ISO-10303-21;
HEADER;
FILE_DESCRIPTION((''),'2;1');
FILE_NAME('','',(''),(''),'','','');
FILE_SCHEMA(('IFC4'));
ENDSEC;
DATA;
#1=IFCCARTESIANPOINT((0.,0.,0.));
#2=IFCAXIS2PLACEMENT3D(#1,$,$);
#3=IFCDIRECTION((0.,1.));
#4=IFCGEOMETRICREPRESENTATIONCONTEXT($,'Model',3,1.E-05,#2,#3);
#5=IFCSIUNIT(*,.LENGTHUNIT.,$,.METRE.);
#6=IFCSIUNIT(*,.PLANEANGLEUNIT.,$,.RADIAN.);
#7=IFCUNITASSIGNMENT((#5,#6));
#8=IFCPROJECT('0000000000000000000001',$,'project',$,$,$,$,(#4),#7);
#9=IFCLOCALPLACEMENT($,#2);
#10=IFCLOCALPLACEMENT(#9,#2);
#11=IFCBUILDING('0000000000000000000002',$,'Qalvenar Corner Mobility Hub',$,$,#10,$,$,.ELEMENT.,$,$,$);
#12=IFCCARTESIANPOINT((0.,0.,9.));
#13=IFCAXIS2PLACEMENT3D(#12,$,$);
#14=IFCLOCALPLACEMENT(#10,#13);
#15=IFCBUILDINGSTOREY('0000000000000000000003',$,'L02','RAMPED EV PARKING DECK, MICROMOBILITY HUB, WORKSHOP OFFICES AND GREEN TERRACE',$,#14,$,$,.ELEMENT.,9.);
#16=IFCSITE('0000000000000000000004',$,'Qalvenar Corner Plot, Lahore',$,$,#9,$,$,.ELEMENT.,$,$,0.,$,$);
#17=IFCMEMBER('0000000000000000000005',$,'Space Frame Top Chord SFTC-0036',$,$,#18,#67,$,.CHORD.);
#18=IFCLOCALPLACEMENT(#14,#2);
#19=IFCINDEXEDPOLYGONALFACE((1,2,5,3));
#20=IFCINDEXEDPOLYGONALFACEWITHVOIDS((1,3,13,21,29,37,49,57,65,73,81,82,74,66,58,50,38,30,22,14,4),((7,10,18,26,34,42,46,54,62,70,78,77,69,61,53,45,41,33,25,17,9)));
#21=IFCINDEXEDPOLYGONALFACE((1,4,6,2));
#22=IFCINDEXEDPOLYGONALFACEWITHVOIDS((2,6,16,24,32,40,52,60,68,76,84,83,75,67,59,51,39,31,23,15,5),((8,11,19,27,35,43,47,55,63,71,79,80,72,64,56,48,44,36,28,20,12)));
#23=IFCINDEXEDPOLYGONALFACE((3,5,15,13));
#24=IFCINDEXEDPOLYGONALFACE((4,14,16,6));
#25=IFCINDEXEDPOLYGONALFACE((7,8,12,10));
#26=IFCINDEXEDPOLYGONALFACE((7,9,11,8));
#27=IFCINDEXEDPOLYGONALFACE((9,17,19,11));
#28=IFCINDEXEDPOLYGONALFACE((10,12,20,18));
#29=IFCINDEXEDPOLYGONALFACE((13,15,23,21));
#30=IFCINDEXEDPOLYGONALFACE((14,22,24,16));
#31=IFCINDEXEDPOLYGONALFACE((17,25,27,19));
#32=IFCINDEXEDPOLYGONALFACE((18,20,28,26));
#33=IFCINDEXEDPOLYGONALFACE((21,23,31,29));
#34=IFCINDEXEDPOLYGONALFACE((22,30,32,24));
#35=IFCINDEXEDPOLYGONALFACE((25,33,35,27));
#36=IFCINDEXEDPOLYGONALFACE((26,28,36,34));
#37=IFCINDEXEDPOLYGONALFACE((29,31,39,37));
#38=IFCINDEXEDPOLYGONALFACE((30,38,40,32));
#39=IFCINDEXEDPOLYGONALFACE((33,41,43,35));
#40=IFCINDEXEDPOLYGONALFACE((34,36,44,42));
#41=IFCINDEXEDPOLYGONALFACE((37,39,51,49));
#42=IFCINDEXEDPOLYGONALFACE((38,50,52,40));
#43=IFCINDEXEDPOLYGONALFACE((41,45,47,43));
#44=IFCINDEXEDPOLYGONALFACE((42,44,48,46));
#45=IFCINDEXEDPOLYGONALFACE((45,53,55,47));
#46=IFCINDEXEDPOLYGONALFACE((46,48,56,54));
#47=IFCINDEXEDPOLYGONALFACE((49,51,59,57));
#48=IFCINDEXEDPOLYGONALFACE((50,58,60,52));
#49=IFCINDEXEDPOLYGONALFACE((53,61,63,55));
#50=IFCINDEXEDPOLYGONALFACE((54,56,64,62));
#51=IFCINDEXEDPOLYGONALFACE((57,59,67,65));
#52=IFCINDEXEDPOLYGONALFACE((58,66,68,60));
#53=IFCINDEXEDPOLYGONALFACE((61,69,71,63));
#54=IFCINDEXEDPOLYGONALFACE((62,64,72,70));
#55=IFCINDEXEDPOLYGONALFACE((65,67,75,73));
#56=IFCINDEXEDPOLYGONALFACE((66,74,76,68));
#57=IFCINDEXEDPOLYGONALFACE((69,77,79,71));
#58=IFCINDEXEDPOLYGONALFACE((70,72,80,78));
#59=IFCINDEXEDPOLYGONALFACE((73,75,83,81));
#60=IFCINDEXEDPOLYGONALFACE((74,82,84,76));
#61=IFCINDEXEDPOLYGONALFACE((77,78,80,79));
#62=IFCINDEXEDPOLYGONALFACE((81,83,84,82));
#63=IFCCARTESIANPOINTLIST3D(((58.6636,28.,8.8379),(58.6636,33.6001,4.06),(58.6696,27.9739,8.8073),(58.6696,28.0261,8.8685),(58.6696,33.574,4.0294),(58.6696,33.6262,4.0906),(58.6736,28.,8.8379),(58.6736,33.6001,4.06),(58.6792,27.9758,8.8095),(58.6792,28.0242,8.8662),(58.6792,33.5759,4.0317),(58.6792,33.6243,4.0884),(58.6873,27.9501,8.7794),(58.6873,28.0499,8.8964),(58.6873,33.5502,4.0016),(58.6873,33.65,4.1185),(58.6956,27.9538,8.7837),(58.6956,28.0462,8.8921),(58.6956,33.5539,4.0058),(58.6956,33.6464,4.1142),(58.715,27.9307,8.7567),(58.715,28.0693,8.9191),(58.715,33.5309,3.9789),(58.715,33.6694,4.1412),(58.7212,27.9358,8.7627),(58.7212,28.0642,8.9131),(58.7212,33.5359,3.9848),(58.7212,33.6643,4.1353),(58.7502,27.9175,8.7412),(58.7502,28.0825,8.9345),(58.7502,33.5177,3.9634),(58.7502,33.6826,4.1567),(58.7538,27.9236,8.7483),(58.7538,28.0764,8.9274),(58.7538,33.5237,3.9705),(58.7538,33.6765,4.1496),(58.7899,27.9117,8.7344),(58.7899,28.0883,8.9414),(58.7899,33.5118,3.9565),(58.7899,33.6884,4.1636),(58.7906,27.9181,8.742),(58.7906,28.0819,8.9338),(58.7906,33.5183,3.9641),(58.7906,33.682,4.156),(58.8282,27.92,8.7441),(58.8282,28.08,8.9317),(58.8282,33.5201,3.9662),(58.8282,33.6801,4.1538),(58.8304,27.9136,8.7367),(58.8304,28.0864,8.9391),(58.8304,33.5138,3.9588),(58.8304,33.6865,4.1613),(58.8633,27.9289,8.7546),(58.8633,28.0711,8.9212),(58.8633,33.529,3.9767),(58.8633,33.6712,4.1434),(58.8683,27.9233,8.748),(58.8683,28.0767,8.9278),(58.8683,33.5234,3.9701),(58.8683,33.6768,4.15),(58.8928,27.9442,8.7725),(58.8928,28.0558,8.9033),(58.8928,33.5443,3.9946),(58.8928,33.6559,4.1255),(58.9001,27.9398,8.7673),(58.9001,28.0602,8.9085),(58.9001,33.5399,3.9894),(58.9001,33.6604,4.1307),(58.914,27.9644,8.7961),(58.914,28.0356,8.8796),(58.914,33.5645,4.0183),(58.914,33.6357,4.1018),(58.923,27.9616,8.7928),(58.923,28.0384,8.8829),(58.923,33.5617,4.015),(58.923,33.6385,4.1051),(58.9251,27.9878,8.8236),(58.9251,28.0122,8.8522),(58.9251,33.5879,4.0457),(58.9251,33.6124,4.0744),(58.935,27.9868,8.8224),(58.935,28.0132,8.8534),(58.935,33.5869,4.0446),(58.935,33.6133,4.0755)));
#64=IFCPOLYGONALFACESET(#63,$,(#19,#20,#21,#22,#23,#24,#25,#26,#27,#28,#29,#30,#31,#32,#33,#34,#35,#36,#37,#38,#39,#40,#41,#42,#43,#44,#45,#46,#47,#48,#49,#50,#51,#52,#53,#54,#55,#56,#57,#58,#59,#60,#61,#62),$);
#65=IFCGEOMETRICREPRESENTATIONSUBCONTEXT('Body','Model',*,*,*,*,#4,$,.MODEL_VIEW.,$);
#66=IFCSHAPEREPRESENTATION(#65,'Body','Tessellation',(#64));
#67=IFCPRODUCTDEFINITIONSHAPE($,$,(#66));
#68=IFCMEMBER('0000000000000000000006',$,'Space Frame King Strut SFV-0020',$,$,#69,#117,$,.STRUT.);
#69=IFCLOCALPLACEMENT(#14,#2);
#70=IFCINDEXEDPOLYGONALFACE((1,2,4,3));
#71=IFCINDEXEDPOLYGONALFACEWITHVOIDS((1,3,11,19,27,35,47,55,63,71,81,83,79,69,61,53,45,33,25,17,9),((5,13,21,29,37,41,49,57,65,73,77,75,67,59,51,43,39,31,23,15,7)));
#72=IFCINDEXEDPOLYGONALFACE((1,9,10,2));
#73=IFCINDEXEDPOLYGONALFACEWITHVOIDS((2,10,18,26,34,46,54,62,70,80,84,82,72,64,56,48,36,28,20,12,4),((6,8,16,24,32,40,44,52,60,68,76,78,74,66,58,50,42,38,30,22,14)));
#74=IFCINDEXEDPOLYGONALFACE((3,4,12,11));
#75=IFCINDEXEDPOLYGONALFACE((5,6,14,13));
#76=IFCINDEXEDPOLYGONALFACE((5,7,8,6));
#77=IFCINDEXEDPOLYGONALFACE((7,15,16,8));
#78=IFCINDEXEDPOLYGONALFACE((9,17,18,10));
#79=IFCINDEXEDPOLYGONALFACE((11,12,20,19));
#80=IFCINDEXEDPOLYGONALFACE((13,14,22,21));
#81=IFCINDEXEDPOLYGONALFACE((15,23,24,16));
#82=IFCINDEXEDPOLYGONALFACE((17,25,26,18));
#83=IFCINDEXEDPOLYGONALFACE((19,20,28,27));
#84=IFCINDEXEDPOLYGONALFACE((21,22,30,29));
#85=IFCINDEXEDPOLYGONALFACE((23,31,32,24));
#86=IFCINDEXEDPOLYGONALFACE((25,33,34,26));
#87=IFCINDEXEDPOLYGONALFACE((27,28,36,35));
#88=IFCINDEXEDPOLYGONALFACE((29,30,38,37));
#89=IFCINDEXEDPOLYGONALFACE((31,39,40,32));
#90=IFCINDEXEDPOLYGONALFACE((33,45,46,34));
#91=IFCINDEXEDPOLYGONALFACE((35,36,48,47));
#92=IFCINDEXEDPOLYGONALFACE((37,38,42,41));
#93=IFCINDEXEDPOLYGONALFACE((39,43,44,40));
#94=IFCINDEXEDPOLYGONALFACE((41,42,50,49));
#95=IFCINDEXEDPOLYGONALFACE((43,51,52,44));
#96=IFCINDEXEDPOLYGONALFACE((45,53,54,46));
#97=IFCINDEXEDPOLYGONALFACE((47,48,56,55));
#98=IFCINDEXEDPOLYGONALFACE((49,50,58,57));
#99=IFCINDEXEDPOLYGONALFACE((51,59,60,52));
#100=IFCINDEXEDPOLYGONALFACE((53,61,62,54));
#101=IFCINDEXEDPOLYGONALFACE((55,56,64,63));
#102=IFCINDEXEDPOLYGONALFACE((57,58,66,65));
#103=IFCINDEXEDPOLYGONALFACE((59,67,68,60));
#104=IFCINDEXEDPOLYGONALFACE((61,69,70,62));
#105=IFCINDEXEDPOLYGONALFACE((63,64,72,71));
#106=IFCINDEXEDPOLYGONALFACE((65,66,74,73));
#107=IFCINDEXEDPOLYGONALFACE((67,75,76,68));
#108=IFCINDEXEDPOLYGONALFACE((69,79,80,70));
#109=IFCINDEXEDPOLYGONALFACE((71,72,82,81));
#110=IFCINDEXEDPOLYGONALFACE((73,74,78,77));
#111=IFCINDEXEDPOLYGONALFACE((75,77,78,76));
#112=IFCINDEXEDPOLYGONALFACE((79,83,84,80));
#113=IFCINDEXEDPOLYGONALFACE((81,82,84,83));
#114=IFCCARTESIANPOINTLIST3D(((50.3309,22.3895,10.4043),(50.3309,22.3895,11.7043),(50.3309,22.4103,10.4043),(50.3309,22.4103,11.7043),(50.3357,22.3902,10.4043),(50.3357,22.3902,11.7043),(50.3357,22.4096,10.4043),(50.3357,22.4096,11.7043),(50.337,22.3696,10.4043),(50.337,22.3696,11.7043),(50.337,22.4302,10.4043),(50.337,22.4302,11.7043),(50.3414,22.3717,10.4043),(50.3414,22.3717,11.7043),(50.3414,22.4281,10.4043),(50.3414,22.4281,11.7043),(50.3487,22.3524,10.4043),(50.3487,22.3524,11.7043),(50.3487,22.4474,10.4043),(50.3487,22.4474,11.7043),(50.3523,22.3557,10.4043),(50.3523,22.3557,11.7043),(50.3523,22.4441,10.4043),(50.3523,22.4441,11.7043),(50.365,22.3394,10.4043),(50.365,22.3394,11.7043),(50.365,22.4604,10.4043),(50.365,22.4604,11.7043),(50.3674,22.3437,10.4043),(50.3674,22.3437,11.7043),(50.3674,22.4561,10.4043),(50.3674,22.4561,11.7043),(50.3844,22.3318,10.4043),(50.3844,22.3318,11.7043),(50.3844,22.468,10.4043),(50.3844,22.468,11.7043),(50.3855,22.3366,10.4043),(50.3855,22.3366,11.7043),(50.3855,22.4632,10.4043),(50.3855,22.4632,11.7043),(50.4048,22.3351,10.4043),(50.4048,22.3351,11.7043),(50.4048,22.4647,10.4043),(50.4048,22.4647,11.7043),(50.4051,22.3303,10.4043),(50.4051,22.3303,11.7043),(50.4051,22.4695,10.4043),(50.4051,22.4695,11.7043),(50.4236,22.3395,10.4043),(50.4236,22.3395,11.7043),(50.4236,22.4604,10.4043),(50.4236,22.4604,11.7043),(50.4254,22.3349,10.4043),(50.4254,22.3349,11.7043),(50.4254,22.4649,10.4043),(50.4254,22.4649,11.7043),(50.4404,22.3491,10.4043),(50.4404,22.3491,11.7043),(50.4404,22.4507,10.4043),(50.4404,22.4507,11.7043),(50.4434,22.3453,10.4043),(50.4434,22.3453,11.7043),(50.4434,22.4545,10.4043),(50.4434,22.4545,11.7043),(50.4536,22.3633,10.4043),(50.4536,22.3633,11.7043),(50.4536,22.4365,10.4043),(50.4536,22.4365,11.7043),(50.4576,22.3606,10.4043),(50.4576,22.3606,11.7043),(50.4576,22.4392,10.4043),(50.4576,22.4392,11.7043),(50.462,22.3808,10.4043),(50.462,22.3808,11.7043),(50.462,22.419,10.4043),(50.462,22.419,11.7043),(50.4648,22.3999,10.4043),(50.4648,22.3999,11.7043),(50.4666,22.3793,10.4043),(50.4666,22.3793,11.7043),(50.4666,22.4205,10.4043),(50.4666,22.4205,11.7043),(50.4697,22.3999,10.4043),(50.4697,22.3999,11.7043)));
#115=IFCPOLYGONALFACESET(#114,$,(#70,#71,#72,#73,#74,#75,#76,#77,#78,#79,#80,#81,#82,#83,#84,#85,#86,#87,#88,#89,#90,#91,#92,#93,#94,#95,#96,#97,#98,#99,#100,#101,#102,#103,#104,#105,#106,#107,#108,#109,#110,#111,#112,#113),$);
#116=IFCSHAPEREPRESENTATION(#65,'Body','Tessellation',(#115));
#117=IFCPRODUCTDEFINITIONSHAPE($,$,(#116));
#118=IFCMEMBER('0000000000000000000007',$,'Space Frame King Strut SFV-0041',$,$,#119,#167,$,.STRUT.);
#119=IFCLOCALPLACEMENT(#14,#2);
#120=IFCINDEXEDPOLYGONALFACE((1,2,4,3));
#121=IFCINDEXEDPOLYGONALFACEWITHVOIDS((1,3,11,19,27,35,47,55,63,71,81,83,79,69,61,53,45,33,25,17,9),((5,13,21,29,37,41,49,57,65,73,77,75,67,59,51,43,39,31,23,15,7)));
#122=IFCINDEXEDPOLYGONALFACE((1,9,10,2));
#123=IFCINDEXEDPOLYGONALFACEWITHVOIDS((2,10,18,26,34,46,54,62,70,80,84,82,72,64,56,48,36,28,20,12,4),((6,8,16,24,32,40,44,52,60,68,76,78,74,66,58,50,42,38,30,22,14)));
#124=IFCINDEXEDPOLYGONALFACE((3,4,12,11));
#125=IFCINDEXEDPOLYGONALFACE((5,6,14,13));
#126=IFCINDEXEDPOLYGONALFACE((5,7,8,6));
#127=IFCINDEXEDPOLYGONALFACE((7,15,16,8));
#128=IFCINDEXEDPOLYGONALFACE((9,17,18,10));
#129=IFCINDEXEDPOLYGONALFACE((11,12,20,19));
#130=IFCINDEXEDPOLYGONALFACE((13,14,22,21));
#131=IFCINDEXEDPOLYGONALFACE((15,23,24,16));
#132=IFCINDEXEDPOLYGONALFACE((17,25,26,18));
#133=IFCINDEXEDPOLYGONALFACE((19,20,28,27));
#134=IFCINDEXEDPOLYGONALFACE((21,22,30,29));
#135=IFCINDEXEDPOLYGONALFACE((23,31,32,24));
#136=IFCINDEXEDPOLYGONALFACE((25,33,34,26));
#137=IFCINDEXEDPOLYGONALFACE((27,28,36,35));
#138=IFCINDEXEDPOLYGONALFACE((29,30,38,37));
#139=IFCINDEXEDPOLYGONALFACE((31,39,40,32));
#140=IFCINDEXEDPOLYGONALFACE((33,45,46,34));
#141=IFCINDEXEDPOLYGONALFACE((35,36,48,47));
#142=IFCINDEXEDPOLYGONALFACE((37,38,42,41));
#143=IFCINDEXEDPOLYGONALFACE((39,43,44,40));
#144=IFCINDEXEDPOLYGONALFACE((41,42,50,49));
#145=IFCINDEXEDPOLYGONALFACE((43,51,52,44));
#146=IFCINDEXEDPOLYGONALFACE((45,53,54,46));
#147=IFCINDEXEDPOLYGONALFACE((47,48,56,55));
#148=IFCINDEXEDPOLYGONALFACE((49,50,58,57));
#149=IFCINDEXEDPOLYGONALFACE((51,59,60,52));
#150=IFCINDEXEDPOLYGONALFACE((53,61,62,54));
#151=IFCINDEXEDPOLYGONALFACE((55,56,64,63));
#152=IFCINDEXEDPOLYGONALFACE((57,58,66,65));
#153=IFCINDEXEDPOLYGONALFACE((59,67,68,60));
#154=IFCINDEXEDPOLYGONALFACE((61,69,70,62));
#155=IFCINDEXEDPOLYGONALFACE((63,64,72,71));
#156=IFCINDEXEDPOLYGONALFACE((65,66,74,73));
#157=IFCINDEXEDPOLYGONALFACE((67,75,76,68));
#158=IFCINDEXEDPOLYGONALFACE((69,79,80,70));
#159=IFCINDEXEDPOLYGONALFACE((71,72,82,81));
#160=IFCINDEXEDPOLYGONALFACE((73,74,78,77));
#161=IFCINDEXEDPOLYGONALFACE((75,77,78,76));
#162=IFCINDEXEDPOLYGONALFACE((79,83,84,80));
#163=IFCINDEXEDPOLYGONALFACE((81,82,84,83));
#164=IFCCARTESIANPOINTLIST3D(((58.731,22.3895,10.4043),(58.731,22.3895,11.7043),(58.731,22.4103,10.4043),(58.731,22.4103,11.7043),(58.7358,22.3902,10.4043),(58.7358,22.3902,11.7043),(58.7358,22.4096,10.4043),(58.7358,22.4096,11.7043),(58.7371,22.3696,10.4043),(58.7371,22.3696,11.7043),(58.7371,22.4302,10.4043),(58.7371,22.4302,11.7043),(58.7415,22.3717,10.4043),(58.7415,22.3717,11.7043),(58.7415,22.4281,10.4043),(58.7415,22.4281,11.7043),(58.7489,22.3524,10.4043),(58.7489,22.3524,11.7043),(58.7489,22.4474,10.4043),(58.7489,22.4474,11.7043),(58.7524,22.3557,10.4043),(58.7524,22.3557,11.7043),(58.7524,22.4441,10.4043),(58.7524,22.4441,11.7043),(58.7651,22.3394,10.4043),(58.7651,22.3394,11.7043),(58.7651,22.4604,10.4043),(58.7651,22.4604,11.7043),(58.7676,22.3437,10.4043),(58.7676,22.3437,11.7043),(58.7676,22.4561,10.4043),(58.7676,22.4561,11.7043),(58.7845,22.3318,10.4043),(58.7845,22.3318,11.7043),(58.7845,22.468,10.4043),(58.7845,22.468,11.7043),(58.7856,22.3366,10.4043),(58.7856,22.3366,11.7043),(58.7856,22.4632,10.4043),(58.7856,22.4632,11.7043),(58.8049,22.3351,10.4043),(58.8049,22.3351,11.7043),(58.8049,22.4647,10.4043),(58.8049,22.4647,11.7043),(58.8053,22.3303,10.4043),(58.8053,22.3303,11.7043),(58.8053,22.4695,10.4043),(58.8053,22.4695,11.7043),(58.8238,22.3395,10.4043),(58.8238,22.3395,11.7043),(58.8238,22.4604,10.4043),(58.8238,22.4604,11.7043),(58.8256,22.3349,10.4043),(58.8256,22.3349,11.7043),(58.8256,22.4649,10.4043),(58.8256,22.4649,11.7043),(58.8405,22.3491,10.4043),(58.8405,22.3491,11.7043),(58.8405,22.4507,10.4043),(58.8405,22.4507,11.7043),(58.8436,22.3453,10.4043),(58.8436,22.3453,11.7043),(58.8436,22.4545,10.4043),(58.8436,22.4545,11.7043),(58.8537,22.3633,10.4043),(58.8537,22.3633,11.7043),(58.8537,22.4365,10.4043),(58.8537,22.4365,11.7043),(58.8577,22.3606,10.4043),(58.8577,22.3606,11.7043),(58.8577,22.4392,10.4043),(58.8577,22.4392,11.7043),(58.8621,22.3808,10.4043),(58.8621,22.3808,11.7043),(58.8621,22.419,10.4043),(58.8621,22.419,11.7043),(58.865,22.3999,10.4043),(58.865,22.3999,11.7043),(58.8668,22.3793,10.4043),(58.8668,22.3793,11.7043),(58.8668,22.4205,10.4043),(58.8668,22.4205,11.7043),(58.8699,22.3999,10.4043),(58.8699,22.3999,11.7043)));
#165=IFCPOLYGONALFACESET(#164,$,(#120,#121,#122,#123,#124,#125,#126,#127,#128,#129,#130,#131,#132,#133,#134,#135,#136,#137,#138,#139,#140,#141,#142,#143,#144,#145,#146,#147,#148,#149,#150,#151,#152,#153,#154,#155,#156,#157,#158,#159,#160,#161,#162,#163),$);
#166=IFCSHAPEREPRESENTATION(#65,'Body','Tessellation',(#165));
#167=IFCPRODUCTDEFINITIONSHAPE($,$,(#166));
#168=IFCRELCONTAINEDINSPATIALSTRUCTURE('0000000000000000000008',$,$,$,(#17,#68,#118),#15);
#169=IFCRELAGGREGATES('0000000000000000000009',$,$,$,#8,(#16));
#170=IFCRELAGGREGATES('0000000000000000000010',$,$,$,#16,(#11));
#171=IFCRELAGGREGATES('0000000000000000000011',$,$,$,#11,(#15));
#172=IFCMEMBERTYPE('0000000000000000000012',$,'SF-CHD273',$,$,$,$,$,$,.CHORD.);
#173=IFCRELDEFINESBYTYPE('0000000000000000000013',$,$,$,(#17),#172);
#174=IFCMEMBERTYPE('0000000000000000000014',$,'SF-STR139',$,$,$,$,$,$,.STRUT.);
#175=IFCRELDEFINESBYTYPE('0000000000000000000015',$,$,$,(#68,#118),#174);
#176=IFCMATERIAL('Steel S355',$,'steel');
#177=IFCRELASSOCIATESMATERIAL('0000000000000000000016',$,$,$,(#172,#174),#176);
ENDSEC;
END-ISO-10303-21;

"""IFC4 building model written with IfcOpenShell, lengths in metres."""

from ifc_helpers import new_model, si_unit, direction, frame, origin, origin_2d, place, context, subcontext, project, spatial, hollow_circle, extrude, material, material_profile, profile_set, type_object, element, save


model = new_model("IFC4")

# Units and contexts
model_context = context("Model", 3, precision=1e-05, world=origin(), true_north=direction((0.0, 1.0)))
body_context = subcontext(model_context, "Body", "Model", "MODEL_VIEW")
ifc_project = project(units=[si_unit("LENGTHUNIT", "METRE"), si_unit("PLANEANGLEUNIT", "RADIAN")], contexts=[model_context])

# Site, building, storey
site_placement = place(None, origin())
site = spatial("IfcSite", under=ifc_project, at=site_placement, Name="Qalvenar Corner Plot, Lahore", CompositionType="ELEMENT", RefElevation=0.0)
building_placement = place(site_placement, origin())
building = spatial("IfcBuilding", under=site, at=building_placement, Name="Qalvenar Corner Mobility Hub", CompositionType="ELEMENT")
storey_placement = place(building_placement, frame((0.0, 0.0, 9.0)))
storey = spatial("IfcBuildingStorey", under=building, at=storey_placement, Name="L02", Description="RAMPED EV PARKING DECK, MICROMOBILITY HUB, WORKSHOP OFFICES AND GREEN TERRACE", CompositionType="ELEMENT", Elevation=9.0)

# Members
ifc_material_1 = material(Name="Steel S355", Category="steel")
ifc_material_profile_1 = material_profile(ifc_material_1, hollow_circle(Radius=0.1365, WallThickness=0.01, at=origin_2d()), Name="CHS273x10")
ifc_profile_set_1 = profile_set([ifc_material_profile_1], Name="Steel S355")
member_type_1 = type_object("IfcMemberType", Name="SF-CHD273", PredefinedType="CHORD", material=ifc_profile_set_1)
member_1_placement = place(storey_placement, frame((58.8, 28.0, 8.8379), z_axis=(0.0, 0.760748, -0.649047), x_axis=(-1.0, 0.0, 0.0)))
element("IfcMember", 1, at=member_1_placement, inside=storey, type_object=member_type_1, Name="Space Frame Top Chord SFTC-0036", PredefinedType="CHORD", context=body_context, shape_type="SweptSolid", body=[
    extrude(hollow_circle(Radius=0.1365, WallThickness=0.01, at=origin_2d()), origin(), (0.0, 0.0, 1.0), 7.3613),
])
ifc_material_profile_2 = material_profile(ifc_material_1, hollow_circle(Radius=0.0698, WallThickness=0.0049, at=origin_2d()), Name="CHS139.7x5")
ifc_profile_set_2 = profile_set([ifc_material_profile_2], Name="Steel S355")
member_type_2 = type_object("IfcMemberType", Name="SF-STR139", PredefinedType="STRUT", material=ifc_profile_set_2)
for number, where, z_axis, x_axis, name in (
    (2, (50.3999, 22.3999, 10.4043), (0.0, 0.0, 1.0), (1.0, 0.0, 0.0), "Space Frame King Strut SFV-0020"),
    (3, (58.8, 22.3999, 10.4043), (0.0, 0.0, 1.0), (1.0, 0.0, 0.0), "Space Frame King Strut SFV-0041"),
):
    element("IfcMember", number, at=place(storey_placement, frame(where, z_axis=z_axis, x_axis=x_axis)), inside=storey, type_object=member_type_2, Name=name, PredefinedType="STRUT", context=body_context, shape_type="SweptSolid", body=[
        extrude(hollow_circle(Radius=0.0698, WallThickness=0.0049, at=origin_2d()), origin(), (0.0, 0.0, 1.0), 1.3),
    ])

save(model, "model.ifc")
